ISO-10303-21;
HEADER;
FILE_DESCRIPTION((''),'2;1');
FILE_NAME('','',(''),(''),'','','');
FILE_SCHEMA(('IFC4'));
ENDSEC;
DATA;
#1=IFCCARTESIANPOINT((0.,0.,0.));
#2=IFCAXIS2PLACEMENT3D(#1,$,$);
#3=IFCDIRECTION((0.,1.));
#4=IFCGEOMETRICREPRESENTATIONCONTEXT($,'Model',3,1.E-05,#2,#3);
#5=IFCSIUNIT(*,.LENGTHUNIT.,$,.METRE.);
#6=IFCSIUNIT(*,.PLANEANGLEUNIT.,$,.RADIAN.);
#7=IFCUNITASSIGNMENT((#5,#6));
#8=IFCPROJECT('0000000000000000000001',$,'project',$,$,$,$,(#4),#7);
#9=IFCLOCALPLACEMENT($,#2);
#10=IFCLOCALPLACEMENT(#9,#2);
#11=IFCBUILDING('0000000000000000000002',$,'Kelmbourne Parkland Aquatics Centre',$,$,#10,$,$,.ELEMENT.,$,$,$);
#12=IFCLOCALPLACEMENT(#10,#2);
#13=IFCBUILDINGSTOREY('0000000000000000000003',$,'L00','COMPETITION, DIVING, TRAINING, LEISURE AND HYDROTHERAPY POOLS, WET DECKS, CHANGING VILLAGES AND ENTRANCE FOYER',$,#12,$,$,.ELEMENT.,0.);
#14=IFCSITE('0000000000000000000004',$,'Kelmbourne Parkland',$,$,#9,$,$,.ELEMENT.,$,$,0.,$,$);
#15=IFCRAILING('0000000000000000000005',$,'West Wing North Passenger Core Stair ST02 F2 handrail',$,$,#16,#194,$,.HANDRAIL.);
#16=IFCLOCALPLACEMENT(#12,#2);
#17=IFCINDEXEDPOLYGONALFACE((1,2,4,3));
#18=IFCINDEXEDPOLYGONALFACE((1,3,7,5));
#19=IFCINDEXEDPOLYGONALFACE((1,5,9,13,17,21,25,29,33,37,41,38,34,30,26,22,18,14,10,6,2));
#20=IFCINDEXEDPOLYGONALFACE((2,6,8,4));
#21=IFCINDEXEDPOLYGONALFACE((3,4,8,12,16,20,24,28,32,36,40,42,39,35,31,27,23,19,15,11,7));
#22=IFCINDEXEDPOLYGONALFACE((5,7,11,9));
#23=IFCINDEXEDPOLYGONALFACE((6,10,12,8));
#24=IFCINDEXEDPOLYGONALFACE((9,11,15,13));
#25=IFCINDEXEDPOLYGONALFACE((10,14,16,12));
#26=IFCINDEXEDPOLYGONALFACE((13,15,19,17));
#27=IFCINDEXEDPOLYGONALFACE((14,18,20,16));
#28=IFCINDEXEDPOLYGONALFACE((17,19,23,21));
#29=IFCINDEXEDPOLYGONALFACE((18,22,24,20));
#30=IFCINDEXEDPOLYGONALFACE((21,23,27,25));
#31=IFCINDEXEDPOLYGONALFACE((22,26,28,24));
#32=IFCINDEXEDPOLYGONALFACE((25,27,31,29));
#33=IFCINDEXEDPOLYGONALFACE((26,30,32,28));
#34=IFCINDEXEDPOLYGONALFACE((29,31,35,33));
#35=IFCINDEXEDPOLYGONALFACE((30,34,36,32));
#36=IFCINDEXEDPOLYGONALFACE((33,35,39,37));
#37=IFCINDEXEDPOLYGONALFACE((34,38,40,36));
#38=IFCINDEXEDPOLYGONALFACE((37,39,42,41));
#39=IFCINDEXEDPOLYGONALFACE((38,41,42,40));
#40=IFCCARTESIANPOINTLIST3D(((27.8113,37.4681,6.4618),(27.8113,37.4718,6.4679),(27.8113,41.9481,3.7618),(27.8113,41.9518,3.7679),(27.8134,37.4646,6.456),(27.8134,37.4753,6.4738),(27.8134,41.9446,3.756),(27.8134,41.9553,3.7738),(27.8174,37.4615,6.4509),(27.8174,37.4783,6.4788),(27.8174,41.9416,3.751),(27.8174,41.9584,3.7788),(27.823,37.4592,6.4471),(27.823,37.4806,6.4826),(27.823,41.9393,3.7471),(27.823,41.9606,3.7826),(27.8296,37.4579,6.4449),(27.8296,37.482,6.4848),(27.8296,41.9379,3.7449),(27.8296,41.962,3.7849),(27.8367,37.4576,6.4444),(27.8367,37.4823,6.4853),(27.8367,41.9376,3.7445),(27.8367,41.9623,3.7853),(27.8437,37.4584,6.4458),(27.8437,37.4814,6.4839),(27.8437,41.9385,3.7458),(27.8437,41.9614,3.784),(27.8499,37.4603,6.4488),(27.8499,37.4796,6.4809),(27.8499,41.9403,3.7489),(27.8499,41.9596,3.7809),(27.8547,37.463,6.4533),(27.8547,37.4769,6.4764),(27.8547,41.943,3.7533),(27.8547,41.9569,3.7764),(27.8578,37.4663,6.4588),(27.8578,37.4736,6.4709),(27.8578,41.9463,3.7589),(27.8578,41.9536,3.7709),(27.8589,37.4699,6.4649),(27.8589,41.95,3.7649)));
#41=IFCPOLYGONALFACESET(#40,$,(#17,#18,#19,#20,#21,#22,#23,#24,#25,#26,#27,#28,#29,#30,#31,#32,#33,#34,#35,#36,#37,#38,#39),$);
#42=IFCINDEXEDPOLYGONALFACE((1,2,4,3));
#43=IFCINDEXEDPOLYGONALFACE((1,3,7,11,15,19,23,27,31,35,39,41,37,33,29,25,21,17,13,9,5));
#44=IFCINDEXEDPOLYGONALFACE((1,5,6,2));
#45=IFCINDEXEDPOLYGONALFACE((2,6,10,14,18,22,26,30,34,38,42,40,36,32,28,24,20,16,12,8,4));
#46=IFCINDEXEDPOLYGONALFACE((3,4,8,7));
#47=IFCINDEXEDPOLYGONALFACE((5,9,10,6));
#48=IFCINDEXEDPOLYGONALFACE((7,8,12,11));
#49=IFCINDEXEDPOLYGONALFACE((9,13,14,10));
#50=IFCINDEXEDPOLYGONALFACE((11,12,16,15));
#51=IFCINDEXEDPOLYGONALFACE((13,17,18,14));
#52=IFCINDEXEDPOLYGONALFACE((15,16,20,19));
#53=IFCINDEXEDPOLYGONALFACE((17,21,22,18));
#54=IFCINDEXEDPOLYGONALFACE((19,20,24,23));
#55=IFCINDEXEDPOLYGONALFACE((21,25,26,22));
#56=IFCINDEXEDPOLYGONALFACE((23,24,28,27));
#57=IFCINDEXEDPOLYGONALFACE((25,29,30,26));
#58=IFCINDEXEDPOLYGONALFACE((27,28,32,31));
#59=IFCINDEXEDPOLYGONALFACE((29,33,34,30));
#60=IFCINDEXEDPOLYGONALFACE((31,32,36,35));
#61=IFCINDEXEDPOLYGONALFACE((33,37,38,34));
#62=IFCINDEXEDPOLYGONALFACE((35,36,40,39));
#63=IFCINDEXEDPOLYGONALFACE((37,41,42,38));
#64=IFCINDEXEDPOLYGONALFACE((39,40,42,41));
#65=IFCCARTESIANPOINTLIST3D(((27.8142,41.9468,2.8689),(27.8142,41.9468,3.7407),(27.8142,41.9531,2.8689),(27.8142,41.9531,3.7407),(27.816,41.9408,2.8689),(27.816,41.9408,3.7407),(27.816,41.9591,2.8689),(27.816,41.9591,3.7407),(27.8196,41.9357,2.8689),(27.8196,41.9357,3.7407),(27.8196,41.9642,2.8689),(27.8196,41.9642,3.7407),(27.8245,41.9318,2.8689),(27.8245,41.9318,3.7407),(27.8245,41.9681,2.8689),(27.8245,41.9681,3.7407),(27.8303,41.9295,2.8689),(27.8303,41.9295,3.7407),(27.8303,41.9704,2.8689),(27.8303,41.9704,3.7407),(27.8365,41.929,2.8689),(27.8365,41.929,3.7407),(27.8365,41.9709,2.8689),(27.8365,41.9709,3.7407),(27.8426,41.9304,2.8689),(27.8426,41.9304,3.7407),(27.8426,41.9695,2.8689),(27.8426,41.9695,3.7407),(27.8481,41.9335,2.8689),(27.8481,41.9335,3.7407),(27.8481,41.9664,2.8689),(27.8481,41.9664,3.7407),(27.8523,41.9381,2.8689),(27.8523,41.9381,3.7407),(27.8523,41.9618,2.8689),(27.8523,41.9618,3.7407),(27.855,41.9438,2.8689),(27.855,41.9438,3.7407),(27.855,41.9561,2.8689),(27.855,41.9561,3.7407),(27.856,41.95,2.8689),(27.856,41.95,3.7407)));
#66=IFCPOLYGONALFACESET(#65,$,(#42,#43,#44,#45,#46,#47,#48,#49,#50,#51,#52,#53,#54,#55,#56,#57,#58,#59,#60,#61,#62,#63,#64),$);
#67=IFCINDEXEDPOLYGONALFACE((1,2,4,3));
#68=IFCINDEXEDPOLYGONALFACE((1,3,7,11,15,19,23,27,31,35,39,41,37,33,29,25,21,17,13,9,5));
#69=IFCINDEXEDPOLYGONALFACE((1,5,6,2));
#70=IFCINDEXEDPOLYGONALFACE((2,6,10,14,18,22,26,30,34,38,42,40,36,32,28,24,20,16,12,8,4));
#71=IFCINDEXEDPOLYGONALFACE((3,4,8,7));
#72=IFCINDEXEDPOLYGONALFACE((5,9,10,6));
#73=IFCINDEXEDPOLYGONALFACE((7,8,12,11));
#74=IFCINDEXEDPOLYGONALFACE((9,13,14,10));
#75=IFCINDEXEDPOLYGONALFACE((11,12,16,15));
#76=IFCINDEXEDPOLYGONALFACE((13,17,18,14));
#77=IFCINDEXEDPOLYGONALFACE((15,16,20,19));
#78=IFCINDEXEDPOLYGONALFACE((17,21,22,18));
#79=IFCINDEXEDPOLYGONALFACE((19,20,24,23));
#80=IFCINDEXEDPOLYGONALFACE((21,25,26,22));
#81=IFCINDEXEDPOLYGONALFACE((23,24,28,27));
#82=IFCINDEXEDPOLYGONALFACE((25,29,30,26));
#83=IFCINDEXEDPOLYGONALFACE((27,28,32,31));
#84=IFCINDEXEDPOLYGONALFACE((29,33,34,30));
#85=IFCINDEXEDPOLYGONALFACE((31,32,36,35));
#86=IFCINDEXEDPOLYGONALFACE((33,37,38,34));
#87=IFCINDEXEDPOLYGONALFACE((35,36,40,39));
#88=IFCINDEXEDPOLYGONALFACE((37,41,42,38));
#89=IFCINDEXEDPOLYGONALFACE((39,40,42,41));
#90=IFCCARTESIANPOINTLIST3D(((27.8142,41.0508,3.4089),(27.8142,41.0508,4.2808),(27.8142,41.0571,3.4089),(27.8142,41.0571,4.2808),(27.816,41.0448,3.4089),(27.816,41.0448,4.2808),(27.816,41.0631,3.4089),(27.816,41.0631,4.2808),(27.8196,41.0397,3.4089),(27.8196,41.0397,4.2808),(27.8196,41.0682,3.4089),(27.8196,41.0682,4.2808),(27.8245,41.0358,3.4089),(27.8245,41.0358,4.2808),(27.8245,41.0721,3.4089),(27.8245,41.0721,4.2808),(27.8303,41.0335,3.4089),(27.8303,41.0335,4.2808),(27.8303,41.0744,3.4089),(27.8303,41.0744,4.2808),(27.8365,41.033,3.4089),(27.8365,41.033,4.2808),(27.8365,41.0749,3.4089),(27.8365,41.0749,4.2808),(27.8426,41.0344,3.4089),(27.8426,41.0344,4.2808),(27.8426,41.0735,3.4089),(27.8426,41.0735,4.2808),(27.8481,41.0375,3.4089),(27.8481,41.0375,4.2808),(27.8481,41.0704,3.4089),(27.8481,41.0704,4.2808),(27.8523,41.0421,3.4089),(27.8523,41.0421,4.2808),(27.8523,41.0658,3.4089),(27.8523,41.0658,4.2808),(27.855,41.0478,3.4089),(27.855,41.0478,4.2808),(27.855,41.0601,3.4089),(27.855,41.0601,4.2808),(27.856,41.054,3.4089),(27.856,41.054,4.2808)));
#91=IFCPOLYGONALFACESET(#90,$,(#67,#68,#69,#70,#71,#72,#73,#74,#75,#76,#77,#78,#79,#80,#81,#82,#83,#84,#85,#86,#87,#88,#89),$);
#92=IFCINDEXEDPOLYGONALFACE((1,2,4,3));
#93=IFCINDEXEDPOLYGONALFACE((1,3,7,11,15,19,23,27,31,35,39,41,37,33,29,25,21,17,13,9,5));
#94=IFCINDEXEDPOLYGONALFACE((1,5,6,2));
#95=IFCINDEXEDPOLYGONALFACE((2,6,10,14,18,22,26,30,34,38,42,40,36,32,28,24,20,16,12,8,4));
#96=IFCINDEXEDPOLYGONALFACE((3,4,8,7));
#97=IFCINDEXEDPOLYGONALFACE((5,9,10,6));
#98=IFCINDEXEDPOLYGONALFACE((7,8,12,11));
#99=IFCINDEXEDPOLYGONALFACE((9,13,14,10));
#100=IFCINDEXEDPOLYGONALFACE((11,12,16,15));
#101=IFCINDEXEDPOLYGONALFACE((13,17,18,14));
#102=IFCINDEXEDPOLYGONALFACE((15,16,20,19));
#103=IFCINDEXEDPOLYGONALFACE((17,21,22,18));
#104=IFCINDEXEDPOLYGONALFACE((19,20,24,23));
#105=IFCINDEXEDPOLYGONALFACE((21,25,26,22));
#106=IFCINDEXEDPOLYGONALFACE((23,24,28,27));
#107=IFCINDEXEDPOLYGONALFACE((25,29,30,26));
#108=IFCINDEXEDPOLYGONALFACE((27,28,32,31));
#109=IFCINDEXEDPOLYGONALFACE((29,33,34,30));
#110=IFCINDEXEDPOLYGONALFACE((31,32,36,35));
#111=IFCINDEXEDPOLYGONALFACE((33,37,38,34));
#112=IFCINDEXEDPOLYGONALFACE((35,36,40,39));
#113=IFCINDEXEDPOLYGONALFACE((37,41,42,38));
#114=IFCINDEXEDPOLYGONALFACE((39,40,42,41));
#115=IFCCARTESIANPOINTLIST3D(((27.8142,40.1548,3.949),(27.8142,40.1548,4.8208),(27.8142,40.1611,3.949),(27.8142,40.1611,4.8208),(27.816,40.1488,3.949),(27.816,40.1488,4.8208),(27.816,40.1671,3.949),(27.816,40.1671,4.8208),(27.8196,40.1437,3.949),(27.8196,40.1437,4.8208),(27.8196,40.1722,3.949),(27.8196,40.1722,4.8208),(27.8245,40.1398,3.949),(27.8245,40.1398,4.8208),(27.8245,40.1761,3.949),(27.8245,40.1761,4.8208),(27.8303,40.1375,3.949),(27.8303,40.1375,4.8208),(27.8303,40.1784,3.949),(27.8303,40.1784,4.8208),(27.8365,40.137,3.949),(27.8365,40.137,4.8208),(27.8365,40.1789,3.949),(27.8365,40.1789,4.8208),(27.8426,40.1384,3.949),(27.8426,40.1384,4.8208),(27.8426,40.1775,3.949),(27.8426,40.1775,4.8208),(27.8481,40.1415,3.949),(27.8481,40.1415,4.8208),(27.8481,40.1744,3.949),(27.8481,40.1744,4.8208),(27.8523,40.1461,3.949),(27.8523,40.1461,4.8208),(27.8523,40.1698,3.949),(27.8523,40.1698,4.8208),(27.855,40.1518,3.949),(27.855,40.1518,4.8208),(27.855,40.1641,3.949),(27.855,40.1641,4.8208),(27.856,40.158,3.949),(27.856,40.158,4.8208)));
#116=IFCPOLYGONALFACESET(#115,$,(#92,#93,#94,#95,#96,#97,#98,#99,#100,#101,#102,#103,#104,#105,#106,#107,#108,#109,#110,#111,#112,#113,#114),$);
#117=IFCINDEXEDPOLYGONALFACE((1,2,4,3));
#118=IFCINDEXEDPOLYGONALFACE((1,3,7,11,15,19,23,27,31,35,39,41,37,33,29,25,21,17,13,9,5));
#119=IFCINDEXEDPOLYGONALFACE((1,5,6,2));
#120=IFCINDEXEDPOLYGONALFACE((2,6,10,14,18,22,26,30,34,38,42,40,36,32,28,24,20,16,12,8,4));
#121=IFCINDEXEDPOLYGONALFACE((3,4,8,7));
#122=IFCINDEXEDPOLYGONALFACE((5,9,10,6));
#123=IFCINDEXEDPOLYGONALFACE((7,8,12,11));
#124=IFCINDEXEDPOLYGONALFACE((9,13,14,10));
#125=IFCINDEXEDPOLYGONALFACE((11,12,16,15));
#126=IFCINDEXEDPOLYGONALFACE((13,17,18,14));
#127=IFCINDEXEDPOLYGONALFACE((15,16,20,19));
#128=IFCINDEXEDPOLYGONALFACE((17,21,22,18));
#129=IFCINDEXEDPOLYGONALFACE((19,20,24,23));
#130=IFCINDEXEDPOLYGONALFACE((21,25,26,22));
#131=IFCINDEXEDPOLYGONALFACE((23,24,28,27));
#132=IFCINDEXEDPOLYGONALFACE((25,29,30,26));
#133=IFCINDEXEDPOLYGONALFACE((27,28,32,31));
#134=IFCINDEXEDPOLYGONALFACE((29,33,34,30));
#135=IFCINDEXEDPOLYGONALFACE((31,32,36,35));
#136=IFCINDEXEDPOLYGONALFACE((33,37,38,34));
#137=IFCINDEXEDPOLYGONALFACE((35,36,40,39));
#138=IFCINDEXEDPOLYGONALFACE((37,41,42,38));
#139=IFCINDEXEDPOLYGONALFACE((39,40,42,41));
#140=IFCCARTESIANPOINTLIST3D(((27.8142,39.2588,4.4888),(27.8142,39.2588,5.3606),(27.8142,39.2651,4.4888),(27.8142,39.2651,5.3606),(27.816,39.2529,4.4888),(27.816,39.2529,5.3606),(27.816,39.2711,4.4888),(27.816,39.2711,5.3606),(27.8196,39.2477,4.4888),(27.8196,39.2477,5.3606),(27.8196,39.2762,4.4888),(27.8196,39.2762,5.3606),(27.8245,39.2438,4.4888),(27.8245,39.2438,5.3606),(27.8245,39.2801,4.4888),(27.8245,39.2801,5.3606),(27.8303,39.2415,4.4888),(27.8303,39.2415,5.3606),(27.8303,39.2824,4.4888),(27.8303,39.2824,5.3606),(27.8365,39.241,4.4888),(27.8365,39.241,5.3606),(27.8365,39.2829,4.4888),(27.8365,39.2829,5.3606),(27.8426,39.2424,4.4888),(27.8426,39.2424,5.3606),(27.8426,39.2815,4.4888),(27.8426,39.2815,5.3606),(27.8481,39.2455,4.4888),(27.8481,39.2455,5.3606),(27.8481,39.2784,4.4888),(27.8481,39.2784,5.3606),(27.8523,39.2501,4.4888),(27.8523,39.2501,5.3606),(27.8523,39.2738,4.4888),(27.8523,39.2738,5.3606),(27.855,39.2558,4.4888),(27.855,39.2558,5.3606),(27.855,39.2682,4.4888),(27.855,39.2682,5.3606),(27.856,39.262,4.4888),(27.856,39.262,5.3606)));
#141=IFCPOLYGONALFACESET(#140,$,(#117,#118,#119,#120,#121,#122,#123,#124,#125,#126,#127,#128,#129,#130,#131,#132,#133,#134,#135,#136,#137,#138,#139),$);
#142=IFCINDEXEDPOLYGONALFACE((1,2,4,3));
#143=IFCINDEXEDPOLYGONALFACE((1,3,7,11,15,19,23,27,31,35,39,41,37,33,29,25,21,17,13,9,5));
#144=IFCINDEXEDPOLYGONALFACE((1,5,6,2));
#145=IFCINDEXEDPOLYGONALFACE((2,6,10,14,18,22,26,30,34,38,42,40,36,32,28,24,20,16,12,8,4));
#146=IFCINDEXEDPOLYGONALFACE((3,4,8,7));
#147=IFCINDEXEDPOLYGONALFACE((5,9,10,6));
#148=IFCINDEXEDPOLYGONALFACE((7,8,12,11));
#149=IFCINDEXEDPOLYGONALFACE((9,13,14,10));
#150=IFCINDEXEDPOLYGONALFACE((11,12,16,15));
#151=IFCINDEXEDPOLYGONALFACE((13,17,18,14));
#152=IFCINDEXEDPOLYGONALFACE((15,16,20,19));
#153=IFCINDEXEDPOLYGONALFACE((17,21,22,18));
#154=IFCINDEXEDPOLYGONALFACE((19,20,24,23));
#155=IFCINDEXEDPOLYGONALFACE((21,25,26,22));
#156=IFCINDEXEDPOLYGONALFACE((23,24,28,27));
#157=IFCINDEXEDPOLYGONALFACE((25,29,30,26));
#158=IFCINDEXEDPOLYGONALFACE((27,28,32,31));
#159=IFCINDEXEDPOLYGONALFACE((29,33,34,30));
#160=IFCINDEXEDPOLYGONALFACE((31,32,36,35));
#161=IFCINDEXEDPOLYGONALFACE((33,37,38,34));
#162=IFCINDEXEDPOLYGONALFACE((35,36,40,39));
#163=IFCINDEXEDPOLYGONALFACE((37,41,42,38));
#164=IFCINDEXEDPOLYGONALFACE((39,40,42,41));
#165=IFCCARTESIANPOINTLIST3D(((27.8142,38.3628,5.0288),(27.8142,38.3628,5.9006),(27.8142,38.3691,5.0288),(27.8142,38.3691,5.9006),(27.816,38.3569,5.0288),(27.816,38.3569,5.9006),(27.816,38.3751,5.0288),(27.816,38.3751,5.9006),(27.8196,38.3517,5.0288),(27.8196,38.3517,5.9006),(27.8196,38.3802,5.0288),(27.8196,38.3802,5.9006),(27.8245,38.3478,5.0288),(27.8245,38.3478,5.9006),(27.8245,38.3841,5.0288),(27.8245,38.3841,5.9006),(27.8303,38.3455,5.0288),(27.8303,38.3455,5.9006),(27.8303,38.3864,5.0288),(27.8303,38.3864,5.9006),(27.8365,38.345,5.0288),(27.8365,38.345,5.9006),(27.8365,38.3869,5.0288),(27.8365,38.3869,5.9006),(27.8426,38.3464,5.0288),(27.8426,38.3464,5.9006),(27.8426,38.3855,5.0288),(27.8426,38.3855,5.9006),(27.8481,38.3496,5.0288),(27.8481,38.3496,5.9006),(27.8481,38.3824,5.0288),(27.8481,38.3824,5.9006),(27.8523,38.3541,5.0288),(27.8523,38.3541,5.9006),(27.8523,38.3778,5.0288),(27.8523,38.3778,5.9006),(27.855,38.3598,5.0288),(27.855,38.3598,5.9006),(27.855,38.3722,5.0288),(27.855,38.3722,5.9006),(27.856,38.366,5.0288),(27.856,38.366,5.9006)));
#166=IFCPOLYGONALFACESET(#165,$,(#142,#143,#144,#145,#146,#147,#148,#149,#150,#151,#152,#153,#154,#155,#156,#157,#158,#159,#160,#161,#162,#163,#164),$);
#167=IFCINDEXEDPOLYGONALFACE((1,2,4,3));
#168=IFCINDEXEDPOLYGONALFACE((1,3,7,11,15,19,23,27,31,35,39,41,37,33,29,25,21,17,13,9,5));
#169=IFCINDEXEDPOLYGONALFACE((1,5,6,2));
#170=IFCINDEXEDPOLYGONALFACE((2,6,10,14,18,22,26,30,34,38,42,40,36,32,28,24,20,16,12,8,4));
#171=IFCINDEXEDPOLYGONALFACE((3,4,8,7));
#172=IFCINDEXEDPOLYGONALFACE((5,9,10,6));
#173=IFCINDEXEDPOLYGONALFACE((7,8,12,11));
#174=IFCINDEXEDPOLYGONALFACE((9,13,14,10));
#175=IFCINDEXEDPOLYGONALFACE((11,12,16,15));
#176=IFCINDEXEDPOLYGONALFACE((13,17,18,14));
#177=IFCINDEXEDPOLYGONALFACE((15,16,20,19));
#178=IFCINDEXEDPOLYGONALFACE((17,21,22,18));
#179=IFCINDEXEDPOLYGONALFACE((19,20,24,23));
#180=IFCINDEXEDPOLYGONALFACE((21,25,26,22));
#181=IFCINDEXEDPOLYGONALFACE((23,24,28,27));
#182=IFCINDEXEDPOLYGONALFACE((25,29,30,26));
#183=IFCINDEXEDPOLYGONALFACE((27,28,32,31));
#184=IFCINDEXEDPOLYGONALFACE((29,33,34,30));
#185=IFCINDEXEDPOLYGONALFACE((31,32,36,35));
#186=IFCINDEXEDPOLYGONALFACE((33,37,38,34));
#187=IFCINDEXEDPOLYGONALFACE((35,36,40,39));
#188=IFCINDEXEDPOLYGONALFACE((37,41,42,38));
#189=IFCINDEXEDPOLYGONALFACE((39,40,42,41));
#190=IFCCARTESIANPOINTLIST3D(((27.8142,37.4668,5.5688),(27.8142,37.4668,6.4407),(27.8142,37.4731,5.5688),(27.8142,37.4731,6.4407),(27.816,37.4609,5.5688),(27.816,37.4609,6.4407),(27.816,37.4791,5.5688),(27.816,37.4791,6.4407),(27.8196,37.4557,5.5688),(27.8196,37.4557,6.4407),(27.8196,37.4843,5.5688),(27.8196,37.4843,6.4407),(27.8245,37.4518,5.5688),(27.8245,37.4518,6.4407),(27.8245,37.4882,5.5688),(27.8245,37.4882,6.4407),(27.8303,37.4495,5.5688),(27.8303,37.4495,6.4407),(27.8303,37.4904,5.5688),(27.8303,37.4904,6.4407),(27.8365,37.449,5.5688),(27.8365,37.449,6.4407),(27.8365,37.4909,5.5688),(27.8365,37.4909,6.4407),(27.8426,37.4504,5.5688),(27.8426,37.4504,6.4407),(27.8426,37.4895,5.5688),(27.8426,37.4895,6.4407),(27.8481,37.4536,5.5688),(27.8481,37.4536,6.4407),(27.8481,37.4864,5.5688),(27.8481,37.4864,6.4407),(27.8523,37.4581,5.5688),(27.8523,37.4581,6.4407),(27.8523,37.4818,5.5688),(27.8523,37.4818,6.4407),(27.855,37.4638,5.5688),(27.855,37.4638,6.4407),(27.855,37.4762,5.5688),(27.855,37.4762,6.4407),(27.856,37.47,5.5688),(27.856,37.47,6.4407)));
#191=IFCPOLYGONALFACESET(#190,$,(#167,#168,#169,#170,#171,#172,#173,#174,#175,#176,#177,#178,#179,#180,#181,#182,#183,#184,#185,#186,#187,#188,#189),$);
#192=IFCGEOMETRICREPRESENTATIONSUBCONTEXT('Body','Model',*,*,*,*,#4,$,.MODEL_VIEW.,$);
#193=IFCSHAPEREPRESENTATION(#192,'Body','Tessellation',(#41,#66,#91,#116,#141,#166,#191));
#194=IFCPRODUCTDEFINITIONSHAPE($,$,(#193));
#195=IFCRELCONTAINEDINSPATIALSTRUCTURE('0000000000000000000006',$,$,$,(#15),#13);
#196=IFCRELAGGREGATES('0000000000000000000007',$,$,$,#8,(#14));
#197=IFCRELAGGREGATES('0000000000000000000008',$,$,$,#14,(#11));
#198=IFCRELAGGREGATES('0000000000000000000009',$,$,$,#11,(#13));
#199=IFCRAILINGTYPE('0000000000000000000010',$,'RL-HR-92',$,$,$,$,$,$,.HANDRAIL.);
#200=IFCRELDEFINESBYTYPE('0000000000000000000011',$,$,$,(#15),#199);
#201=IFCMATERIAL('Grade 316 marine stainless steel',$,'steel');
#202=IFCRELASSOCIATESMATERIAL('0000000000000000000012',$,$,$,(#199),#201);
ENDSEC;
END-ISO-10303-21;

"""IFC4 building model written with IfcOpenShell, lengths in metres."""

from ifc_helpers import new_model, si_unit, direction, frame, origin, origin_2d, place, context, subcontext, project, spatial, circle, extrude, material, type_object, element, save


model = new_model("IFC4")

# Units and contexts
model_context = context("Model", 3, precision=1e-05, world=origin(), true_north=direction((0.0, 1.0)))
body_context = subcontext(model_context, "Body", "Model", "MODEL_VIEW")
ifc_project = project(units=[si_unit("LENGTHUNIT", "METRE"), si_unit("PLANEANGLEUNIT", "RADIAN")], contexts=[model_context])

# Site, building, storey
site_placement = place(None, origin())
site = spatial("IfcSite", under=ifc_project, at=site_placement, Name="Kelmbourne Parkland", CompositionType="ELEMENT", RefElevation=0.0)
building_placement = place(site_placement, origin())
building = spatial("IfcBuilding", under=site, at=building_placement, Name="Kelmbourne Parkland Aquatics Centre", CompositionType="ELEMENT")
storey_placement = place(building_placement, origin())
storey = spatial("IfcBuildingStorey", under=building, at=storey_placement, Name="L00", Description="COMPETITION, DIVING, TRAINING, LEISURE AND HYDROTHERAPY POOLS, WET DECKS, CHANGING VILLAGES AND ENTRANCE FOYER", CompositionType="ELEMENT", Elevation=0.0)

# Railing
ifc_material_1 = material(Name="Grade 316 marine stainless steel", Category="steel")
railing_type_1 = type_object("IfcRailingType", Name="RL-HR-92", PredefinedType="HANDRAIL", material=ifc_material_1)
railing_1_placement = place(storey_placement, frame((27.835, 41.95, 2.8689)))
element("IfcRailing", 1, at=railing_1_placement, inside=storey, type_object=railing_type_1, Name="West Wing North Passenger Core Stair ST02 F2 handrail", PredefinedType="HANDRAIL", context=body_context, shape_type="SweptSolid", body=[
    extrude(circle(Radius=0.0239, at=origin_2d()), frame((0.0, 0.0, 0.896), z_axis=(0.0, -0.856482, 0.516176), x_axis=(1.0, 0.0, 0.0)), (0.0, 0.0, 1.0), 5.2307),
    extrude(circle(Radius=0.021, at=origin_2d()), origin(), (0.0, 0.0, 1.0), 0.8718),
    extrude(circle(Radius=0.021, at=origin_2d()), frame((0.0, -0.896, 0.54)), (0.0, 0.0, 1.0), 0.8718),
    extrude(circle(Radius=0.021, at=origin_2d()), frame((0.0, -1.792, 1.0801)), (0.0, 0.0, 1.0), 0.8718),
    extrude(circle(Radius=0.021, at=origin_2d()), frame((0.0, -2.688, 1.6199)), (0.0, 0.0, 1.0), 0.8718),
    extrude(circle(Radius=0.021, at=origin_2d()), frame((0.0, -3.584, 2.1599)), (0.0, 0.0, 1.0), 0.8718),
    extrude(circle(Radius=0.021, at=origin_2d()), frame((0.0, -4.48, 2.7)), (0.0, 0.0, 1.0), 0.8718),
])

save(model, "model.ifc")
